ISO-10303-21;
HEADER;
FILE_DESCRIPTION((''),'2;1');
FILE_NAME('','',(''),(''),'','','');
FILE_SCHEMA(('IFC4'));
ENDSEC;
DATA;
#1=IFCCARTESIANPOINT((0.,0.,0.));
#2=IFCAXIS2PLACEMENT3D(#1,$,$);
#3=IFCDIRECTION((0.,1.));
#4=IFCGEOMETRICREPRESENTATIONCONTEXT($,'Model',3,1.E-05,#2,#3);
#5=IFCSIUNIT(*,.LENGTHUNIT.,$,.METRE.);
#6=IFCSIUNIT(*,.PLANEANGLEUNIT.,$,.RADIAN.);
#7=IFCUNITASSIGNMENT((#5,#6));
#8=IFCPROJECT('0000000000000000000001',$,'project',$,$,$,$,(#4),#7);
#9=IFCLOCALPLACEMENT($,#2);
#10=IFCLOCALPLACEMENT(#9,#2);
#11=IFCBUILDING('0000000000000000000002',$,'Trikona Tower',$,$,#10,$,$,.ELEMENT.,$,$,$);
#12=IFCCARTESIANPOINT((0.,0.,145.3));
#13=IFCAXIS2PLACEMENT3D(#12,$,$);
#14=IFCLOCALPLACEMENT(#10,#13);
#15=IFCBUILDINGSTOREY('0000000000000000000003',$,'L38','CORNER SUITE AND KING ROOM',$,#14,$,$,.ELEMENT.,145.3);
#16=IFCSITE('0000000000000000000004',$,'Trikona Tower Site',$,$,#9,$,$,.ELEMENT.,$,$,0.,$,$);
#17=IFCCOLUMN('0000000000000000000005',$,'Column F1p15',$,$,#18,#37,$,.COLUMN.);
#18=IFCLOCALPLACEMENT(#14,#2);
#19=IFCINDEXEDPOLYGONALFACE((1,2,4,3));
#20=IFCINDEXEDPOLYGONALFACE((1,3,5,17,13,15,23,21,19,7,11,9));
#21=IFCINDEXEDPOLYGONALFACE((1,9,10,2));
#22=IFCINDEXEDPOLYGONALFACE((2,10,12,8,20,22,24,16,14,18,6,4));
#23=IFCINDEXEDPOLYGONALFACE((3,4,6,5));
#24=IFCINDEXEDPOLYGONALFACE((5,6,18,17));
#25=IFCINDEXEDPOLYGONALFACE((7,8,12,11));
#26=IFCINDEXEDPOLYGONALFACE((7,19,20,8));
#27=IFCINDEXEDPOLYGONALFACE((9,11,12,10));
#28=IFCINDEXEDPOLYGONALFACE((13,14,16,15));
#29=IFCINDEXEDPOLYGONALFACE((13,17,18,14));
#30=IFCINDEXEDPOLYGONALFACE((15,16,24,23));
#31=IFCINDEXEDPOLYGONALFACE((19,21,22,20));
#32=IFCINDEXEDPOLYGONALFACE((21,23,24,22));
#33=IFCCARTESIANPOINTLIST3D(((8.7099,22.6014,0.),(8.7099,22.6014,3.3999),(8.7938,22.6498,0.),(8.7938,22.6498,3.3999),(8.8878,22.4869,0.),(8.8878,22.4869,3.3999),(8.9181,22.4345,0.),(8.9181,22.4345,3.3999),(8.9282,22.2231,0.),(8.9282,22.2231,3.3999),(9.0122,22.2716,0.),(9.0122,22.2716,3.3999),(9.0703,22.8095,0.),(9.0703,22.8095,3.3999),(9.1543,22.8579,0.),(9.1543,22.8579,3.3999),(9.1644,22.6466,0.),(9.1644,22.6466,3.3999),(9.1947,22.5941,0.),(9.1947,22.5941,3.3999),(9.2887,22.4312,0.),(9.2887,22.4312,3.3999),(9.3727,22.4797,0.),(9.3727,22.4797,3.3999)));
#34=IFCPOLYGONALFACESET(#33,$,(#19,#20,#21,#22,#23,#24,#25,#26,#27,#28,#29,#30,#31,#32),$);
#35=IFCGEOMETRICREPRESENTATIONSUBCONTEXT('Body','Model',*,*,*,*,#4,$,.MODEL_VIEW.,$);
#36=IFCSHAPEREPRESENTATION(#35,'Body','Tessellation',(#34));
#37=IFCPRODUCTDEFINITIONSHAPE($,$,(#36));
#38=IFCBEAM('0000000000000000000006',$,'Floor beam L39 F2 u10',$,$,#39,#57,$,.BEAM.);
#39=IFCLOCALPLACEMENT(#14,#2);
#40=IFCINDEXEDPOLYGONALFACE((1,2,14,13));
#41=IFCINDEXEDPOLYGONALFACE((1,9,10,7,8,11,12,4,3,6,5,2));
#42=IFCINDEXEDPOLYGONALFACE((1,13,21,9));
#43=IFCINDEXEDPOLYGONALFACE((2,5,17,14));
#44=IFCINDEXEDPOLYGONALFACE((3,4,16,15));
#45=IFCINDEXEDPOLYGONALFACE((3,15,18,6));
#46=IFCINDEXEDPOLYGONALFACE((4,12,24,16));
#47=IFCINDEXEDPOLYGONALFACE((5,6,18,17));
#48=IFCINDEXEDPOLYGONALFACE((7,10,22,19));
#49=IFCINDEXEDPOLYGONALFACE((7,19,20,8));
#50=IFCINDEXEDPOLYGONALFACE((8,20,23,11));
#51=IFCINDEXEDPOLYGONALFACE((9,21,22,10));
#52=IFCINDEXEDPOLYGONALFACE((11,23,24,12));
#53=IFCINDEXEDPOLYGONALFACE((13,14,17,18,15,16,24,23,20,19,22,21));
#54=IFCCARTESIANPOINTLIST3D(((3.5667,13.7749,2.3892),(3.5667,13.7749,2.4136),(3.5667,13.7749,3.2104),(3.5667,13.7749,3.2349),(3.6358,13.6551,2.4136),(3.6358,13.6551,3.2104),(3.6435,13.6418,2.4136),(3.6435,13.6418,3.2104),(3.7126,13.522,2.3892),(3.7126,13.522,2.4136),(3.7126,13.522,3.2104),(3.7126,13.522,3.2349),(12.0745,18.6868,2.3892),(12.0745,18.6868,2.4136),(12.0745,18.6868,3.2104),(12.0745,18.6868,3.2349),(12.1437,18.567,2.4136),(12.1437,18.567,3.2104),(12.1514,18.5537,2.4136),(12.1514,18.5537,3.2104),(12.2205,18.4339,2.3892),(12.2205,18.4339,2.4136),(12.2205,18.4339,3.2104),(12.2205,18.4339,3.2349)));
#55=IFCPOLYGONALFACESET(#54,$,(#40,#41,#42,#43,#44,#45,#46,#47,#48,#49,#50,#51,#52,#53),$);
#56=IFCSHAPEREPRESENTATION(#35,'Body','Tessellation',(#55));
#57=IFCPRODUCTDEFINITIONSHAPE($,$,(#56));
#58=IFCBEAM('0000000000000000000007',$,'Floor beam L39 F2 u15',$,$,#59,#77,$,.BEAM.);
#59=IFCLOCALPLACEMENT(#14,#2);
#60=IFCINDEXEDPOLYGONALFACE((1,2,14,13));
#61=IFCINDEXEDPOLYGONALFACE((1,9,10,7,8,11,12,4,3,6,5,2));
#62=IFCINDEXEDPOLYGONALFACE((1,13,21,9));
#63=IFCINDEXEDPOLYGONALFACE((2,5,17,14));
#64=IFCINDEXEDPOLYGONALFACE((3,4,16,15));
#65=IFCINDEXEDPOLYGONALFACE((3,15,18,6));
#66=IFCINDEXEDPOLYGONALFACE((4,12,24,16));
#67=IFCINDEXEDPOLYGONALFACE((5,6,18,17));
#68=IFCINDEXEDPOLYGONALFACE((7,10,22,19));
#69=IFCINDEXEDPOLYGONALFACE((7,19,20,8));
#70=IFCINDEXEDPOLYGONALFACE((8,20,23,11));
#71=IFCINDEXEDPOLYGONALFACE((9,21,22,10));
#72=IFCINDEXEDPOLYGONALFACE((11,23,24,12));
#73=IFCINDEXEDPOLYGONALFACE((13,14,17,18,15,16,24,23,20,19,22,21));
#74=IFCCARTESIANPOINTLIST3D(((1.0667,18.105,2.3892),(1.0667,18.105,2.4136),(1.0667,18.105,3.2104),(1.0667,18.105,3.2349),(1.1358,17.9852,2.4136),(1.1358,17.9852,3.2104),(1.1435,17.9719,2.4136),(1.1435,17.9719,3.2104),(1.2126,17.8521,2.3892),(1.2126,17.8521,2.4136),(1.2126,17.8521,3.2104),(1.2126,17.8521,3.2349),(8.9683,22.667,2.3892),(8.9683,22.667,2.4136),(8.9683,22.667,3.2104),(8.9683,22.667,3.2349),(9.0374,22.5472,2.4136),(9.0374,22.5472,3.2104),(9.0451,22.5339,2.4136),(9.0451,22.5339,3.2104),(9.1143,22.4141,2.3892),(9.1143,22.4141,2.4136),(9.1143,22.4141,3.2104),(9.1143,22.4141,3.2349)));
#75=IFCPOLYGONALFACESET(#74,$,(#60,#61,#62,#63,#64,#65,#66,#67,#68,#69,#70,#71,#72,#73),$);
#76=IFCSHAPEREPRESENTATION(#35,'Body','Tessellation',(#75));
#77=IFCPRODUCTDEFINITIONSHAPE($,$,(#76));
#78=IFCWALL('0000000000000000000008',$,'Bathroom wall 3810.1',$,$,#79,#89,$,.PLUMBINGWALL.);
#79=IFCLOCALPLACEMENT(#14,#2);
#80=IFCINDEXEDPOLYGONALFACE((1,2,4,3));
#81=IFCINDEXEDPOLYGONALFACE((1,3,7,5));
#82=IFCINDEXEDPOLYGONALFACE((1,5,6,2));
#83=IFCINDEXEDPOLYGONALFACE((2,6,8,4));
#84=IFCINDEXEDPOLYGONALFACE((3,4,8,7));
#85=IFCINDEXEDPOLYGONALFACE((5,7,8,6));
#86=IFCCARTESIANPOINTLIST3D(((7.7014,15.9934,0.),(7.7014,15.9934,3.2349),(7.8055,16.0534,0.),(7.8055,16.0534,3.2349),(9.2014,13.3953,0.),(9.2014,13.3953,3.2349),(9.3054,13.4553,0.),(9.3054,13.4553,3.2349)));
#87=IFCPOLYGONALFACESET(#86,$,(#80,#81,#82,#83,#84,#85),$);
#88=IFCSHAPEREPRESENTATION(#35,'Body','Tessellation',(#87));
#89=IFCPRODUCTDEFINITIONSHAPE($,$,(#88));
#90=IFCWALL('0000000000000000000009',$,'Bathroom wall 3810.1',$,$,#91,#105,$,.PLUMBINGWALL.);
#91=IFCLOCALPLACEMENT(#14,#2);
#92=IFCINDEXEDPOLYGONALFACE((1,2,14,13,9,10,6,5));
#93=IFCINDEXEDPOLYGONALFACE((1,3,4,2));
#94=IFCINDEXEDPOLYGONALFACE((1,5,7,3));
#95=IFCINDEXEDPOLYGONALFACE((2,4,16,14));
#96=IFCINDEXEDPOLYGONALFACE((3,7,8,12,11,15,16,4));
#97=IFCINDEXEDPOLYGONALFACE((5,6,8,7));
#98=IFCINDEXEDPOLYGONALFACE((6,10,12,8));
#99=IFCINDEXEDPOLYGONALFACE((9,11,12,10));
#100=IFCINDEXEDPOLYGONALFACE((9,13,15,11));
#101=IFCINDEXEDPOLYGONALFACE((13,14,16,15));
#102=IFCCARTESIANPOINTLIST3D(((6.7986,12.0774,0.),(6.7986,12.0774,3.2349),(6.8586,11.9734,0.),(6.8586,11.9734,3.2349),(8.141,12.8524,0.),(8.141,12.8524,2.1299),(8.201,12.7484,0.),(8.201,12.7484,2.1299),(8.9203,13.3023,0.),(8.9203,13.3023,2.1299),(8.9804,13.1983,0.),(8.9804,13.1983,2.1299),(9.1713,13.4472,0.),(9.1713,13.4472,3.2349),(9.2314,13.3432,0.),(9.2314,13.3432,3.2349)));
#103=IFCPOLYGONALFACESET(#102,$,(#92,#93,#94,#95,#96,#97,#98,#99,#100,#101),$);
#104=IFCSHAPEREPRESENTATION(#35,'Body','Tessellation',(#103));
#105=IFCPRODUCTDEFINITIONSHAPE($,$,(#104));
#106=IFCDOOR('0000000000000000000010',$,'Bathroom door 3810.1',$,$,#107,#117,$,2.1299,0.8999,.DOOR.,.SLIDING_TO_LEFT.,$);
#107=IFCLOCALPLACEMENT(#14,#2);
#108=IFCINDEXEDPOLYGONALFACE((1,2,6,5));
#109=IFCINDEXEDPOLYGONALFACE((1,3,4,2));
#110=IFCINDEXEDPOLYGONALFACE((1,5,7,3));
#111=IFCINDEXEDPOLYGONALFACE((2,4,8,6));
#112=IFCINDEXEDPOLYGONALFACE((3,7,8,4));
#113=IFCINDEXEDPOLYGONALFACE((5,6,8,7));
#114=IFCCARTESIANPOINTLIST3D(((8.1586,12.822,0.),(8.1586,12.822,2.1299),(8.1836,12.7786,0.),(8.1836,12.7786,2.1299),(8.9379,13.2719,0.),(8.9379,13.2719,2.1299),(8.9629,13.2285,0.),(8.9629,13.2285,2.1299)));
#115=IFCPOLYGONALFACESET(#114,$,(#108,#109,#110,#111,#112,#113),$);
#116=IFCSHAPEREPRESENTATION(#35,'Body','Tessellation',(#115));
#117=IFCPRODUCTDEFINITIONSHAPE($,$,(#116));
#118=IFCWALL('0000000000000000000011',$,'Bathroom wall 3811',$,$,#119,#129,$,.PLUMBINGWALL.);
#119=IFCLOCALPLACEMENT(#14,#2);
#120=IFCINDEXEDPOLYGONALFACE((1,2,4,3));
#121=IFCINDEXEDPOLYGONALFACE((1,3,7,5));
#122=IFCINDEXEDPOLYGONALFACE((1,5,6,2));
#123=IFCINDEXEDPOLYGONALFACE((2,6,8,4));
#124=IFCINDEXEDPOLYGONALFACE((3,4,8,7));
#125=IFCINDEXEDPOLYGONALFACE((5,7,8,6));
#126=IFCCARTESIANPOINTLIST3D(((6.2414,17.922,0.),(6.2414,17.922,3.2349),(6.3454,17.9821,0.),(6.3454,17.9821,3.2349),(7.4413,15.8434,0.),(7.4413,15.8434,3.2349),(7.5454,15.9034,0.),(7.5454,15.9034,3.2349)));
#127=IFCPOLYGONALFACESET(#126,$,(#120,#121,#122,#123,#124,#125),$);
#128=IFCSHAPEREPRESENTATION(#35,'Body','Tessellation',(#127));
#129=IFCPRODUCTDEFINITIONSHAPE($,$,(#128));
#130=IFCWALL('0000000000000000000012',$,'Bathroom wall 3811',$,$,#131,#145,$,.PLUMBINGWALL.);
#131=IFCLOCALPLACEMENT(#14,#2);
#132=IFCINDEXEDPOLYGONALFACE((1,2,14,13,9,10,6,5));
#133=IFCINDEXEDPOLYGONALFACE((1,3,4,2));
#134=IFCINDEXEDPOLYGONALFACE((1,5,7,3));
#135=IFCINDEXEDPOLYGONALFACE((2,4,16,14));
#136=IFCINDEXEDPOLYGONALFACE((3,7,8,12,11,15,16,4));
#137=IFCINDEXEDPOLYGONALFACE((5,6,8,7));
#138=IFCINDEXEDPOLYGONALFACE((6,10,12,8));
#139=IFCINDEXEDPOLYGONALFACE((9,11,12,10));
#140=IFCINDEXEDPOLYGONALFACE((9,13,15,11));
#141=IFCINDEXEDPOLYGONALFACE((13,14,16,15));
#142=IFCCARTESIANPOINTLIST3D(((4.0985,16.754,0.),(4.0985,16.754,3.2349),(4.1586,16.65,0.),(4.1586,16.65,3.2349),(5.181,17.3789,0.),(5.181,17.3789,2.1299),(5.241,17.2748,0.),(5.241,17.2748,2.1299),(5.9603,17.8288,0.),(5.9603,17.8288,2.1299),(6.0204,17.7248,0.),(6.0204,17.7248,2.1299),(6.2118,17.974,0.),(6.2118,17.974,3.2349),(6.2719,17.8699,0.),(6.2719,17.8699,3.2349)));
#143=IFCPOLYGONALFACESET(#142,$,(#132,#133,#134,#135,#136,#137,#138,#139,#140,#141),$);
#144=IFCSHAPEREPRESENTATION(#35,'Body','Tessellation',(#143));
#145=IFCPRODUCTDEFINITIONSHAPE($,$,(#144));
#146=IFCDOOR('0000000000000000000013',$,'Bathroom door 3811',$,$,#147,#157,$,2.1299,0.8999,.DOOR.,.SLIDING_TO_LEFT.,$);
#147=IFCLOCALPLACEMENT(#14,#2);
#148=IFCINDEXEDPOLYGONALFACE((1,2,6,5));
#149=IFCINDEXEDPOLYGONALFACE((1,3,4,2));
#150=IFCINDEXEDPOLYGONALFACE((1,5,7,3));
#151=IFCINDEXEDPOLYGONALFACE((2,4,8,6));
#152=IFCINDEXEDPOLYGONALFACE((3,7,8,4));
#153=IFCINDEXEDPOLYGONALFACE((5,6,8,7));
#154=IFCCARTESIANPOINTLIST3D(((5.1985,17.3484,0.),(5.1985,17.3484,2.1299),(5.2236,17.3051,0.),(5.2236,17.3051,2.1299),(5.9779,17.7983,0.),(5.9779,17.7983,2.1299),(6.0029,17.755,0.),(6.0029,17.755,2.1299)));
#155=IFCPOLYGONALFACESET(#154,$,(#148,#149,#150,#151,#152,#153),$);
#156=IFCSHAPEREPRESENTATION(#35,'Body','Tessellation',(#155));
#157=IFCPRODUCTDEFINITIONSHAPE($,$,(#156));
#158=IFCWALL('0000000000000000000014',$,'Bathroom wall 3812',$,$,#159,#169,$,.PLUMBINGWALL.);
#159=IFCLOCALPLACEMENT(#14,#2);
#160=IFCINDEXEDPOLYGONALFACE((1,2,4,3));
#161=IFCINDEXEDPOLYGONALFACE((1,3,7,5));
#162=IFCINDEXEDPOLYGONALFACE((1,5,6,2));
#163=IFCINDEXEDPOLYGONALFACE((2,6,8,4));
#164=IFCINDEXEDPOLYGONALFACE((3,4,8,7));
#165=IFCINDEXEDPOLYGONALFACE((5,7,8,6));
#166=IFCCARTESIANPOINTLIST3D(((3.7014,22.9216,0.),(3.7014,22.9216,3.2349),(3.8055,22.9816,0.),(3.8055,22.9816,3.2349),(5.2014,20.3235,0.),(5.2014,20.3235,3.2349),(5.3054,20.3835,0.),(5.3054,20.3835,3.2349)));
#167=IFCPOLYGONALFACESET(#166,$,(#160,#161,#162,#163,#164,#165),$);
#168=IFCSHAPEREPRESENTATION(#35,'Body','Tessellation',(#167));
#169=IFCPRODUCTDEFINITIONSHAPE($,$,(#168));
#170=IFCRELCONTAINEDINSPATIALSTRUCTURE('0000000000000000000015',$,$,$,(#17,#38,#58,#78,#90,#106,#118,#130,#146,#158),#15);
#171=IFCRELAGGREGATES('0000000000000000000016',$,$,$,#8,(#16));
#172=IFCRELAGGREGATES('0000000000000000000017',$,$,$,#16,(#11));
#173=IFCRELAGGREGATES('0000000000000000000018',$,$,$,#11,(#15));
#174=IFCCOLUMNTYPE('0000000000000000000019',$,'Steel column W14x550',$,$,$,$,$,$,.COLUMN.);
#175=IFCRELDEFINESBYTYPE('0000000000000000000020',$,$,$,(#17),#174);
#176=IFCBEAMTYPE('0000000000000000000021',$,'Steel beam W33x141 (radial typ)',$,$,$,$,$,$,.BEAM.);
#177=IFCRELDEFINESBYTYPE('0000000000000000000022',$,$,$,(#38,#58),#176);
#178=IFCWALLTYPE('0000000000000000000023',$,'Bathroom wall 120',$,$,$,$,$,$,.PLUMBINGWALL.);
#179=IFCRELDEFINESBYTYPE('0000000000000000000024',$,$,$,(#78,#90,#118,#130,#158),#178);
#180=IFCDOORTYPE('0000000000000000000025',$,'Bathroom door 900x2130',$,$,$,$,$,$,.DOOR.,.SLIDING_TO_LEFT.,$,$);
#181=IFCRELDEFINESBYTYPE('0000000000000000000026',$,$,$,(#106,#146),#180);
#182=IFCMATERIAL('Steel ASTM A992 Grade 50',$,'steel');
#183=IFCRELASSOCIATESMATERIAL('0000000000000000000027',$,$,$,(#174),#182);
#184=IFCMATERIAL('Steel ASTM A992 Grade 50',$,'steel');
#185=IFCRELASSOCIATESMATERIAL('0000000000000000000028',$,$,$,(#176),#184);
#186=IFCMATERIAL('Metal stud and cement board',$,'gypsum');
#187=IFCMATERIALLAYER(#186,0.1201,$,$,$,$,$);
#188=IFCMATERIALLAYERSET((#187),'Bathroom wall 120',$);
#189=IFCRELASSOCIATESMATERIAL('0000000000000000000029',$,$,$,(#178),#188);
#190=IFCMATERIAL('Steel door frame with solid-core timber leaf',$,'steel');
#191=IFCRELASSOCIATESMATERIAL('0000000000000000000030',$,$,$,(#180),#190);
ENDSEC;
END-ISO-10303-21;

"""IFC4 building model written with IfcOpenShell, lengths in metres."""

from ifc_helpers import new_model, si_unit, direction, frame, frame_2d, origin, origin_2d, place, context, subcontext, project, spatial, rectangle, i_section, extrude, material, layer, layer_set, material_profile, profile_set, type_object, element, fill, save


model = new_model("IFC4")

# Units and contexts
model_context = context("Model", 3, precision=1e-05, world=origin(), true_north=direction((0.0, 1.0)))
body_context = subcontext(model_context, "Body", "Model", "MODEL_VIEW")
ifc_project = project(units=[si_unit("LENGTHUNIT", "METRE"), si_unit("PLANEANGLEUNIT", "RADIAN")], contexts=[model_context])

# Site, building, storey
site_placement = place(None, origin())
site = spatial("IfcSite", under=ifc_project, at=site_placement, Name="Trikona Tower Site", CompositionType="ELEMENT", RefElevation=0.0)
building_placement = place(site_placement, origin())
building = spatial("IfcBuilding", under=site, at=building_placement, Name="Trikona Tower", CompositionType="ELEMENT")
storey_placement = place(building_placement, frame((0.0, 0.0, 145.3)))
storey = spatial("IfcBuildingStorey", under=building, at=storey_placement, Name="L38", Description="CORNER SUITE AND KING ROOM", CompositionType="ELEMENT", Elevation=145.3)

# Column
ifc_material_1 = material(Name="Steel ASTM A992 Grade 50", Category="steel")
ifc_material_profile_1 = material_profile(ifc_material_1, i_section(OverallWidth=0.4368, OverallDepth=0.5132, WebThickness=0.0605, FlangeThickness=0.0969, at=origin_2d()), Name="W14X550")
ifc_profile_set_1 = profile_set([ifc_material_profile_1], Name="Steel ASTM A992 Grade 50")
column_type = type_object("IfcColumnType", Name="Steel column W14x550", PredefinedType="COLUMN", material=ifc_profile_set_1)
column_placement = place(storey_placement, frame((9.0413, 22.5405, 0.0), z_axis=(0.0, 0.0, 1.0), x_axis=(-0.5, 0.866025, 0.0)))
element("IfcColumn", 1, at=column_placement, inside=storey, type_object=column_type, Name="Column F1p15", PredefinedType="COLUMN", context=body_context, shape_type="SweptSolid", body=[
    extrude(i_section(OverallWidth=0.4368, OverallDepth=0.5132, WebThickness=0.0605, FlangeThickness=0.0969, at=origin_2d()), origin(), (0.0, 0.0, 1.0), 3.3999),
])

# Beams
ifc_material_2 = material(Name="Steel ASTM A992 Grade 50", Category="steel")
ifc_material_profile_2 = material_profile(ifc_material_2, i_section(OverallWidth=0.292, OverallDepth=0.8457, WebThickness=0.0154, FlangeThickness=0.0244, at=origin_2d()), Name="W33X141")
ifc_profile_set_2 = profile_set([ifc_material_profile_2], Name="Steel ASTM A992 Grade 50")
beam_type = type_object("IfcBeamType", Name="Steel beam W33x141 (radial typ)", PredefinedType="BEAM", material=ifc_profile_set_2)
beam_1_placement = place(storey_placement, frame((3.6396, 13.6484, 2.812), z_axis=(0.866031, 0.499991, 0.0), x_axis=(-0.499991, 0.866031, 0.0)))
element("IfcBeam", 2, at=beam_1_placement, inside=storey, type_object=beam_type, Name="Floor beam L39 F2 u10", PredefinedType="BEAM", context=body_context, shape_type="SweptSolid", body=[
    extrude(i_section(OverallWidth=0.292, OverallDepth=0.8457, WebThickness=0.0154, FlangeThickness=0.0244, at=origin_2d()), origin(), (0.0, 0.0, 1.0), 9.824),
])
beam_2_placement = place(storey_placement, frame((1.1396, 17.9785, 2.812), z_axis=(0.866025, 0.500001, 0.0), x_axis=(-0.500001, 0.866025, 0.0)))
element("IfcBeam", 3, at=beam_2_placement, inside=storey, type_object=beam_type, Name="Floor beam L39 F2 u15", PredefinedType="BEAM", context=body_context, shape_type="SweptSolid", body=[
    extrude(i_section(OverallWidth=0.292, OverallDepth=0.8457, WebThickness=0.0154, FlangeThickness=0.0244, at=origin_2d()), origin(), (0.0, 0.0, 1.0), 9.124),
])

# Wall
ifc_material_3 = material(Name="Metal stud and cement board", Category="gypsum")
ifc_layer_1 = layer(ifc_material_3, 0.1201)
ifc_layer_set_1 = layer_set([ifc_layer_1], Name="Bathroom wall 120")
wall_type_1 = type_object("IfcWallType", Name="Bathroom wall 120", PredefinedType="PLUMBINGWALL", material=ifc_layer_set_1)
wall_1_placement = place(storey_placement, frame((9.2534, 13.4253, 0.0), z_axis=(0.0, 0.0, 1.0), x_axis=(-0.49999, 0.866031, 0.0)))
element("IfcWall", 4, at=wall_1_placement, inside=storey, type_object=wall_type_1, Name="Bathroom wall 3810.1", PredefinedType="PLUMBINGWALL", context=body_context, shape_type="SweptSolid", body=[
    extrude(rectangle(XDim=3.0, YDim=0.1201, at=frame_2d((1.5, 0.0))), origin(), (0.0, 0.0, 1.0), 3.2349),
])

# Wall, opening, door
wall_2_placement = place(storey_placement, frame((6.8286, 12.0254, 0.0), z_axis=(0.0, 0.0, 1.0), x_axis=(0.866036, 0.499982, 0.0)))
wall_2 = element("IfcWall", 5, at=wall_2_placement, inside=storey, type_object=wall_type_1, Name="Bathroom wall 3810.1", PredefinedType="PLUMBINGWALL", context=body_context, shape_type="SweptSolid", body=[
    extrude(rectangle(XDim=2.7397, YDim=0.1201, at=frame_2d((1.3699, 0.0))), origin(), (0.0, 0.0, 1.0), 3.2349),
])
opening_1_placement = place(wall_2_placement, frame((1.55, 0.0, 0.0)))
opening_1 = element("IfcOpeningElement", 6, at=opening_1_placement, cuts=wall_2, PredefinedType="OPENING", context=body_context, shape_type="SweptSolid", body=[
    extrude(rectangle(XDim=0.8999, YDim=2.1299, at=frame_2d((0.45, 1.0649))), frame((0.0, 0.0701, 0.0), z_axis=(0.0, -1.0, 0.0), x_axis=(1.0, 0.0, 0.0)), (0.0, 0.0, 1.0), 0.1401),
])
ifc_material_4 = material(Name="Steel door frame with solid-core timber leaf", Category="steel")
door_type_1 = type_object("IfcDoorType", Name="Bathroom door 900x2130", OperationType="SLIDING_TO_LEFT", PredefinedType="DOOR", material=ifc_material_4)
door_1_placement = place(opening_1_placement, origin())
door_1 = element("IfcDoor", 7, at=door_1_placement, inside=storey, type_object=door_type_1, Name="Bathroom door 3810.1", OperationType="SLIDING_TO_LEFT", OverallHeight=2.1299, OverallWidth=0.8999, PredefinedType="DOOR", context=body_context, shape_type="SweptSolid", body=[
    extrude(rectangle(XDim=0.8999, YDim=2.1299, at=frame_2d((0.45, 1.0649))), frame((0.0, 0.0249, 0.0), z_axis=(0.0, -1.0, 0.0), x_axis=(1.0, 0.0, 0.0)), (0.0, 0.0, 1.0), 0.05),
])
fill(opening_1, door_1)

# Wall
wall_3_placement = place(storey_placement, frame((7.4934, 15.8733, 0.0), z_axis=(0.0, 0.0, 1.0), x_axis=(-0.499957, 0.86605, 0.0)))
element("IfcWall", 8, at=wall_3_placement, inside=storey, type_object=wall_type_1, Name="Bathroom wall 3811", PredefinedType="PLUMBINGWALL", context=body_context, shape_type="SweptSolid", body=[
    extrude(rectangle(XDim=2.4001, YDim=0.1201, at=frame_2d((1.2002, 0.0))), origin(), (0.0, 0.0, 1.0), 3.2349),
])

# Wall, opening, door
wall_4_placement = place(storey_placement, frame((4.1284, 16.7019, 0.0), z_axis=(0.0, 0.0, 1.0), x_axis=(0.866049, 0.499959, 0.0)))
wall_4 = element("IfcWall", 9, at=wall_4_placement, inside=storey, type_object=wall_type_1, Name="Bathroom wall 3811", PredefinedType="PLUMBINGWALL", context=body_context, shape_type="SweptSolid", body=[
    extrude(rectangle(XDim=2.4402, YDim=0.1201, at=frame_2d((1.2202, 0.0))), origin(), (0.0, 0.0, 1.0), 3.2349),
])
opening_2_placement = place(wall_4_placement, frame((1.25, 0.0, 0.0)))
opening_2 = element("IfcOpeningElement", 10, at=opening_2_placement, cuts=wall_4, PredefinedType="OPENING", context=body_context, shape_type="SweptSolid", body=[
    extrude(rectangle(XDim=0.8999, YDim=2.1299, at=frame_2d((0.45, 1.0649))), frame((0.0, 0.0701, 0.0), z_axis=(0.0, -1.0, 0.0), x_axis=(1.0, 0.0, 0.0)), (0.0, 0.0, 1.0), 0.1401),
])
door_2_placement = place(opening_2_placement, origin())
door_2 = element("IfcDoor", 11, at=door_2_placement, inside=storey, type_object=door_type_1, Name="Bathroom door 3811", OperationType="SLIDING_TO_LEFT", OverallHeight=2.1299, OverallWidth=0.8999, PredefinedType="DOOR", context=body_context, shape_type="SweptSolid", body=[
    extrude(rectangle(XDim=0.8999, YDim=2.1299, at=frame_2d((0.45, 1.0649))), frame((0.0, 0.0249, 0.0), z_axis=(0.0, -1.0, 0.0), x_axis=(1.0, 0.0, 0.0)), (0.0, 0.0, 1.0), 0.05),
])
fill(opening_2, door_2)

# Wall
wall_5_placement = place(storey_placement, frame((5.2534, 20.3535, 0.0), z_axis=(0.0, 0.0, 1.0), x_axis=(-0.49999, 0.866031, 0.0)))
element("IfcWall", 12, at=wall_5_placement, inside=storey, type_object=wall_type_1, Name="Bathroom wall 3812", PredefinedType="PLUMBINGWALL", context=body_context, shape_type="SweptSolid", body=[
    extrude(rectangle(XDim=3.0, YDim=0.1201, at=frame_2d((1.5, 0.0))), origin(), (0.0, 0.0, 1.0), 3.2349),
])

save(model, "model.ifc")
